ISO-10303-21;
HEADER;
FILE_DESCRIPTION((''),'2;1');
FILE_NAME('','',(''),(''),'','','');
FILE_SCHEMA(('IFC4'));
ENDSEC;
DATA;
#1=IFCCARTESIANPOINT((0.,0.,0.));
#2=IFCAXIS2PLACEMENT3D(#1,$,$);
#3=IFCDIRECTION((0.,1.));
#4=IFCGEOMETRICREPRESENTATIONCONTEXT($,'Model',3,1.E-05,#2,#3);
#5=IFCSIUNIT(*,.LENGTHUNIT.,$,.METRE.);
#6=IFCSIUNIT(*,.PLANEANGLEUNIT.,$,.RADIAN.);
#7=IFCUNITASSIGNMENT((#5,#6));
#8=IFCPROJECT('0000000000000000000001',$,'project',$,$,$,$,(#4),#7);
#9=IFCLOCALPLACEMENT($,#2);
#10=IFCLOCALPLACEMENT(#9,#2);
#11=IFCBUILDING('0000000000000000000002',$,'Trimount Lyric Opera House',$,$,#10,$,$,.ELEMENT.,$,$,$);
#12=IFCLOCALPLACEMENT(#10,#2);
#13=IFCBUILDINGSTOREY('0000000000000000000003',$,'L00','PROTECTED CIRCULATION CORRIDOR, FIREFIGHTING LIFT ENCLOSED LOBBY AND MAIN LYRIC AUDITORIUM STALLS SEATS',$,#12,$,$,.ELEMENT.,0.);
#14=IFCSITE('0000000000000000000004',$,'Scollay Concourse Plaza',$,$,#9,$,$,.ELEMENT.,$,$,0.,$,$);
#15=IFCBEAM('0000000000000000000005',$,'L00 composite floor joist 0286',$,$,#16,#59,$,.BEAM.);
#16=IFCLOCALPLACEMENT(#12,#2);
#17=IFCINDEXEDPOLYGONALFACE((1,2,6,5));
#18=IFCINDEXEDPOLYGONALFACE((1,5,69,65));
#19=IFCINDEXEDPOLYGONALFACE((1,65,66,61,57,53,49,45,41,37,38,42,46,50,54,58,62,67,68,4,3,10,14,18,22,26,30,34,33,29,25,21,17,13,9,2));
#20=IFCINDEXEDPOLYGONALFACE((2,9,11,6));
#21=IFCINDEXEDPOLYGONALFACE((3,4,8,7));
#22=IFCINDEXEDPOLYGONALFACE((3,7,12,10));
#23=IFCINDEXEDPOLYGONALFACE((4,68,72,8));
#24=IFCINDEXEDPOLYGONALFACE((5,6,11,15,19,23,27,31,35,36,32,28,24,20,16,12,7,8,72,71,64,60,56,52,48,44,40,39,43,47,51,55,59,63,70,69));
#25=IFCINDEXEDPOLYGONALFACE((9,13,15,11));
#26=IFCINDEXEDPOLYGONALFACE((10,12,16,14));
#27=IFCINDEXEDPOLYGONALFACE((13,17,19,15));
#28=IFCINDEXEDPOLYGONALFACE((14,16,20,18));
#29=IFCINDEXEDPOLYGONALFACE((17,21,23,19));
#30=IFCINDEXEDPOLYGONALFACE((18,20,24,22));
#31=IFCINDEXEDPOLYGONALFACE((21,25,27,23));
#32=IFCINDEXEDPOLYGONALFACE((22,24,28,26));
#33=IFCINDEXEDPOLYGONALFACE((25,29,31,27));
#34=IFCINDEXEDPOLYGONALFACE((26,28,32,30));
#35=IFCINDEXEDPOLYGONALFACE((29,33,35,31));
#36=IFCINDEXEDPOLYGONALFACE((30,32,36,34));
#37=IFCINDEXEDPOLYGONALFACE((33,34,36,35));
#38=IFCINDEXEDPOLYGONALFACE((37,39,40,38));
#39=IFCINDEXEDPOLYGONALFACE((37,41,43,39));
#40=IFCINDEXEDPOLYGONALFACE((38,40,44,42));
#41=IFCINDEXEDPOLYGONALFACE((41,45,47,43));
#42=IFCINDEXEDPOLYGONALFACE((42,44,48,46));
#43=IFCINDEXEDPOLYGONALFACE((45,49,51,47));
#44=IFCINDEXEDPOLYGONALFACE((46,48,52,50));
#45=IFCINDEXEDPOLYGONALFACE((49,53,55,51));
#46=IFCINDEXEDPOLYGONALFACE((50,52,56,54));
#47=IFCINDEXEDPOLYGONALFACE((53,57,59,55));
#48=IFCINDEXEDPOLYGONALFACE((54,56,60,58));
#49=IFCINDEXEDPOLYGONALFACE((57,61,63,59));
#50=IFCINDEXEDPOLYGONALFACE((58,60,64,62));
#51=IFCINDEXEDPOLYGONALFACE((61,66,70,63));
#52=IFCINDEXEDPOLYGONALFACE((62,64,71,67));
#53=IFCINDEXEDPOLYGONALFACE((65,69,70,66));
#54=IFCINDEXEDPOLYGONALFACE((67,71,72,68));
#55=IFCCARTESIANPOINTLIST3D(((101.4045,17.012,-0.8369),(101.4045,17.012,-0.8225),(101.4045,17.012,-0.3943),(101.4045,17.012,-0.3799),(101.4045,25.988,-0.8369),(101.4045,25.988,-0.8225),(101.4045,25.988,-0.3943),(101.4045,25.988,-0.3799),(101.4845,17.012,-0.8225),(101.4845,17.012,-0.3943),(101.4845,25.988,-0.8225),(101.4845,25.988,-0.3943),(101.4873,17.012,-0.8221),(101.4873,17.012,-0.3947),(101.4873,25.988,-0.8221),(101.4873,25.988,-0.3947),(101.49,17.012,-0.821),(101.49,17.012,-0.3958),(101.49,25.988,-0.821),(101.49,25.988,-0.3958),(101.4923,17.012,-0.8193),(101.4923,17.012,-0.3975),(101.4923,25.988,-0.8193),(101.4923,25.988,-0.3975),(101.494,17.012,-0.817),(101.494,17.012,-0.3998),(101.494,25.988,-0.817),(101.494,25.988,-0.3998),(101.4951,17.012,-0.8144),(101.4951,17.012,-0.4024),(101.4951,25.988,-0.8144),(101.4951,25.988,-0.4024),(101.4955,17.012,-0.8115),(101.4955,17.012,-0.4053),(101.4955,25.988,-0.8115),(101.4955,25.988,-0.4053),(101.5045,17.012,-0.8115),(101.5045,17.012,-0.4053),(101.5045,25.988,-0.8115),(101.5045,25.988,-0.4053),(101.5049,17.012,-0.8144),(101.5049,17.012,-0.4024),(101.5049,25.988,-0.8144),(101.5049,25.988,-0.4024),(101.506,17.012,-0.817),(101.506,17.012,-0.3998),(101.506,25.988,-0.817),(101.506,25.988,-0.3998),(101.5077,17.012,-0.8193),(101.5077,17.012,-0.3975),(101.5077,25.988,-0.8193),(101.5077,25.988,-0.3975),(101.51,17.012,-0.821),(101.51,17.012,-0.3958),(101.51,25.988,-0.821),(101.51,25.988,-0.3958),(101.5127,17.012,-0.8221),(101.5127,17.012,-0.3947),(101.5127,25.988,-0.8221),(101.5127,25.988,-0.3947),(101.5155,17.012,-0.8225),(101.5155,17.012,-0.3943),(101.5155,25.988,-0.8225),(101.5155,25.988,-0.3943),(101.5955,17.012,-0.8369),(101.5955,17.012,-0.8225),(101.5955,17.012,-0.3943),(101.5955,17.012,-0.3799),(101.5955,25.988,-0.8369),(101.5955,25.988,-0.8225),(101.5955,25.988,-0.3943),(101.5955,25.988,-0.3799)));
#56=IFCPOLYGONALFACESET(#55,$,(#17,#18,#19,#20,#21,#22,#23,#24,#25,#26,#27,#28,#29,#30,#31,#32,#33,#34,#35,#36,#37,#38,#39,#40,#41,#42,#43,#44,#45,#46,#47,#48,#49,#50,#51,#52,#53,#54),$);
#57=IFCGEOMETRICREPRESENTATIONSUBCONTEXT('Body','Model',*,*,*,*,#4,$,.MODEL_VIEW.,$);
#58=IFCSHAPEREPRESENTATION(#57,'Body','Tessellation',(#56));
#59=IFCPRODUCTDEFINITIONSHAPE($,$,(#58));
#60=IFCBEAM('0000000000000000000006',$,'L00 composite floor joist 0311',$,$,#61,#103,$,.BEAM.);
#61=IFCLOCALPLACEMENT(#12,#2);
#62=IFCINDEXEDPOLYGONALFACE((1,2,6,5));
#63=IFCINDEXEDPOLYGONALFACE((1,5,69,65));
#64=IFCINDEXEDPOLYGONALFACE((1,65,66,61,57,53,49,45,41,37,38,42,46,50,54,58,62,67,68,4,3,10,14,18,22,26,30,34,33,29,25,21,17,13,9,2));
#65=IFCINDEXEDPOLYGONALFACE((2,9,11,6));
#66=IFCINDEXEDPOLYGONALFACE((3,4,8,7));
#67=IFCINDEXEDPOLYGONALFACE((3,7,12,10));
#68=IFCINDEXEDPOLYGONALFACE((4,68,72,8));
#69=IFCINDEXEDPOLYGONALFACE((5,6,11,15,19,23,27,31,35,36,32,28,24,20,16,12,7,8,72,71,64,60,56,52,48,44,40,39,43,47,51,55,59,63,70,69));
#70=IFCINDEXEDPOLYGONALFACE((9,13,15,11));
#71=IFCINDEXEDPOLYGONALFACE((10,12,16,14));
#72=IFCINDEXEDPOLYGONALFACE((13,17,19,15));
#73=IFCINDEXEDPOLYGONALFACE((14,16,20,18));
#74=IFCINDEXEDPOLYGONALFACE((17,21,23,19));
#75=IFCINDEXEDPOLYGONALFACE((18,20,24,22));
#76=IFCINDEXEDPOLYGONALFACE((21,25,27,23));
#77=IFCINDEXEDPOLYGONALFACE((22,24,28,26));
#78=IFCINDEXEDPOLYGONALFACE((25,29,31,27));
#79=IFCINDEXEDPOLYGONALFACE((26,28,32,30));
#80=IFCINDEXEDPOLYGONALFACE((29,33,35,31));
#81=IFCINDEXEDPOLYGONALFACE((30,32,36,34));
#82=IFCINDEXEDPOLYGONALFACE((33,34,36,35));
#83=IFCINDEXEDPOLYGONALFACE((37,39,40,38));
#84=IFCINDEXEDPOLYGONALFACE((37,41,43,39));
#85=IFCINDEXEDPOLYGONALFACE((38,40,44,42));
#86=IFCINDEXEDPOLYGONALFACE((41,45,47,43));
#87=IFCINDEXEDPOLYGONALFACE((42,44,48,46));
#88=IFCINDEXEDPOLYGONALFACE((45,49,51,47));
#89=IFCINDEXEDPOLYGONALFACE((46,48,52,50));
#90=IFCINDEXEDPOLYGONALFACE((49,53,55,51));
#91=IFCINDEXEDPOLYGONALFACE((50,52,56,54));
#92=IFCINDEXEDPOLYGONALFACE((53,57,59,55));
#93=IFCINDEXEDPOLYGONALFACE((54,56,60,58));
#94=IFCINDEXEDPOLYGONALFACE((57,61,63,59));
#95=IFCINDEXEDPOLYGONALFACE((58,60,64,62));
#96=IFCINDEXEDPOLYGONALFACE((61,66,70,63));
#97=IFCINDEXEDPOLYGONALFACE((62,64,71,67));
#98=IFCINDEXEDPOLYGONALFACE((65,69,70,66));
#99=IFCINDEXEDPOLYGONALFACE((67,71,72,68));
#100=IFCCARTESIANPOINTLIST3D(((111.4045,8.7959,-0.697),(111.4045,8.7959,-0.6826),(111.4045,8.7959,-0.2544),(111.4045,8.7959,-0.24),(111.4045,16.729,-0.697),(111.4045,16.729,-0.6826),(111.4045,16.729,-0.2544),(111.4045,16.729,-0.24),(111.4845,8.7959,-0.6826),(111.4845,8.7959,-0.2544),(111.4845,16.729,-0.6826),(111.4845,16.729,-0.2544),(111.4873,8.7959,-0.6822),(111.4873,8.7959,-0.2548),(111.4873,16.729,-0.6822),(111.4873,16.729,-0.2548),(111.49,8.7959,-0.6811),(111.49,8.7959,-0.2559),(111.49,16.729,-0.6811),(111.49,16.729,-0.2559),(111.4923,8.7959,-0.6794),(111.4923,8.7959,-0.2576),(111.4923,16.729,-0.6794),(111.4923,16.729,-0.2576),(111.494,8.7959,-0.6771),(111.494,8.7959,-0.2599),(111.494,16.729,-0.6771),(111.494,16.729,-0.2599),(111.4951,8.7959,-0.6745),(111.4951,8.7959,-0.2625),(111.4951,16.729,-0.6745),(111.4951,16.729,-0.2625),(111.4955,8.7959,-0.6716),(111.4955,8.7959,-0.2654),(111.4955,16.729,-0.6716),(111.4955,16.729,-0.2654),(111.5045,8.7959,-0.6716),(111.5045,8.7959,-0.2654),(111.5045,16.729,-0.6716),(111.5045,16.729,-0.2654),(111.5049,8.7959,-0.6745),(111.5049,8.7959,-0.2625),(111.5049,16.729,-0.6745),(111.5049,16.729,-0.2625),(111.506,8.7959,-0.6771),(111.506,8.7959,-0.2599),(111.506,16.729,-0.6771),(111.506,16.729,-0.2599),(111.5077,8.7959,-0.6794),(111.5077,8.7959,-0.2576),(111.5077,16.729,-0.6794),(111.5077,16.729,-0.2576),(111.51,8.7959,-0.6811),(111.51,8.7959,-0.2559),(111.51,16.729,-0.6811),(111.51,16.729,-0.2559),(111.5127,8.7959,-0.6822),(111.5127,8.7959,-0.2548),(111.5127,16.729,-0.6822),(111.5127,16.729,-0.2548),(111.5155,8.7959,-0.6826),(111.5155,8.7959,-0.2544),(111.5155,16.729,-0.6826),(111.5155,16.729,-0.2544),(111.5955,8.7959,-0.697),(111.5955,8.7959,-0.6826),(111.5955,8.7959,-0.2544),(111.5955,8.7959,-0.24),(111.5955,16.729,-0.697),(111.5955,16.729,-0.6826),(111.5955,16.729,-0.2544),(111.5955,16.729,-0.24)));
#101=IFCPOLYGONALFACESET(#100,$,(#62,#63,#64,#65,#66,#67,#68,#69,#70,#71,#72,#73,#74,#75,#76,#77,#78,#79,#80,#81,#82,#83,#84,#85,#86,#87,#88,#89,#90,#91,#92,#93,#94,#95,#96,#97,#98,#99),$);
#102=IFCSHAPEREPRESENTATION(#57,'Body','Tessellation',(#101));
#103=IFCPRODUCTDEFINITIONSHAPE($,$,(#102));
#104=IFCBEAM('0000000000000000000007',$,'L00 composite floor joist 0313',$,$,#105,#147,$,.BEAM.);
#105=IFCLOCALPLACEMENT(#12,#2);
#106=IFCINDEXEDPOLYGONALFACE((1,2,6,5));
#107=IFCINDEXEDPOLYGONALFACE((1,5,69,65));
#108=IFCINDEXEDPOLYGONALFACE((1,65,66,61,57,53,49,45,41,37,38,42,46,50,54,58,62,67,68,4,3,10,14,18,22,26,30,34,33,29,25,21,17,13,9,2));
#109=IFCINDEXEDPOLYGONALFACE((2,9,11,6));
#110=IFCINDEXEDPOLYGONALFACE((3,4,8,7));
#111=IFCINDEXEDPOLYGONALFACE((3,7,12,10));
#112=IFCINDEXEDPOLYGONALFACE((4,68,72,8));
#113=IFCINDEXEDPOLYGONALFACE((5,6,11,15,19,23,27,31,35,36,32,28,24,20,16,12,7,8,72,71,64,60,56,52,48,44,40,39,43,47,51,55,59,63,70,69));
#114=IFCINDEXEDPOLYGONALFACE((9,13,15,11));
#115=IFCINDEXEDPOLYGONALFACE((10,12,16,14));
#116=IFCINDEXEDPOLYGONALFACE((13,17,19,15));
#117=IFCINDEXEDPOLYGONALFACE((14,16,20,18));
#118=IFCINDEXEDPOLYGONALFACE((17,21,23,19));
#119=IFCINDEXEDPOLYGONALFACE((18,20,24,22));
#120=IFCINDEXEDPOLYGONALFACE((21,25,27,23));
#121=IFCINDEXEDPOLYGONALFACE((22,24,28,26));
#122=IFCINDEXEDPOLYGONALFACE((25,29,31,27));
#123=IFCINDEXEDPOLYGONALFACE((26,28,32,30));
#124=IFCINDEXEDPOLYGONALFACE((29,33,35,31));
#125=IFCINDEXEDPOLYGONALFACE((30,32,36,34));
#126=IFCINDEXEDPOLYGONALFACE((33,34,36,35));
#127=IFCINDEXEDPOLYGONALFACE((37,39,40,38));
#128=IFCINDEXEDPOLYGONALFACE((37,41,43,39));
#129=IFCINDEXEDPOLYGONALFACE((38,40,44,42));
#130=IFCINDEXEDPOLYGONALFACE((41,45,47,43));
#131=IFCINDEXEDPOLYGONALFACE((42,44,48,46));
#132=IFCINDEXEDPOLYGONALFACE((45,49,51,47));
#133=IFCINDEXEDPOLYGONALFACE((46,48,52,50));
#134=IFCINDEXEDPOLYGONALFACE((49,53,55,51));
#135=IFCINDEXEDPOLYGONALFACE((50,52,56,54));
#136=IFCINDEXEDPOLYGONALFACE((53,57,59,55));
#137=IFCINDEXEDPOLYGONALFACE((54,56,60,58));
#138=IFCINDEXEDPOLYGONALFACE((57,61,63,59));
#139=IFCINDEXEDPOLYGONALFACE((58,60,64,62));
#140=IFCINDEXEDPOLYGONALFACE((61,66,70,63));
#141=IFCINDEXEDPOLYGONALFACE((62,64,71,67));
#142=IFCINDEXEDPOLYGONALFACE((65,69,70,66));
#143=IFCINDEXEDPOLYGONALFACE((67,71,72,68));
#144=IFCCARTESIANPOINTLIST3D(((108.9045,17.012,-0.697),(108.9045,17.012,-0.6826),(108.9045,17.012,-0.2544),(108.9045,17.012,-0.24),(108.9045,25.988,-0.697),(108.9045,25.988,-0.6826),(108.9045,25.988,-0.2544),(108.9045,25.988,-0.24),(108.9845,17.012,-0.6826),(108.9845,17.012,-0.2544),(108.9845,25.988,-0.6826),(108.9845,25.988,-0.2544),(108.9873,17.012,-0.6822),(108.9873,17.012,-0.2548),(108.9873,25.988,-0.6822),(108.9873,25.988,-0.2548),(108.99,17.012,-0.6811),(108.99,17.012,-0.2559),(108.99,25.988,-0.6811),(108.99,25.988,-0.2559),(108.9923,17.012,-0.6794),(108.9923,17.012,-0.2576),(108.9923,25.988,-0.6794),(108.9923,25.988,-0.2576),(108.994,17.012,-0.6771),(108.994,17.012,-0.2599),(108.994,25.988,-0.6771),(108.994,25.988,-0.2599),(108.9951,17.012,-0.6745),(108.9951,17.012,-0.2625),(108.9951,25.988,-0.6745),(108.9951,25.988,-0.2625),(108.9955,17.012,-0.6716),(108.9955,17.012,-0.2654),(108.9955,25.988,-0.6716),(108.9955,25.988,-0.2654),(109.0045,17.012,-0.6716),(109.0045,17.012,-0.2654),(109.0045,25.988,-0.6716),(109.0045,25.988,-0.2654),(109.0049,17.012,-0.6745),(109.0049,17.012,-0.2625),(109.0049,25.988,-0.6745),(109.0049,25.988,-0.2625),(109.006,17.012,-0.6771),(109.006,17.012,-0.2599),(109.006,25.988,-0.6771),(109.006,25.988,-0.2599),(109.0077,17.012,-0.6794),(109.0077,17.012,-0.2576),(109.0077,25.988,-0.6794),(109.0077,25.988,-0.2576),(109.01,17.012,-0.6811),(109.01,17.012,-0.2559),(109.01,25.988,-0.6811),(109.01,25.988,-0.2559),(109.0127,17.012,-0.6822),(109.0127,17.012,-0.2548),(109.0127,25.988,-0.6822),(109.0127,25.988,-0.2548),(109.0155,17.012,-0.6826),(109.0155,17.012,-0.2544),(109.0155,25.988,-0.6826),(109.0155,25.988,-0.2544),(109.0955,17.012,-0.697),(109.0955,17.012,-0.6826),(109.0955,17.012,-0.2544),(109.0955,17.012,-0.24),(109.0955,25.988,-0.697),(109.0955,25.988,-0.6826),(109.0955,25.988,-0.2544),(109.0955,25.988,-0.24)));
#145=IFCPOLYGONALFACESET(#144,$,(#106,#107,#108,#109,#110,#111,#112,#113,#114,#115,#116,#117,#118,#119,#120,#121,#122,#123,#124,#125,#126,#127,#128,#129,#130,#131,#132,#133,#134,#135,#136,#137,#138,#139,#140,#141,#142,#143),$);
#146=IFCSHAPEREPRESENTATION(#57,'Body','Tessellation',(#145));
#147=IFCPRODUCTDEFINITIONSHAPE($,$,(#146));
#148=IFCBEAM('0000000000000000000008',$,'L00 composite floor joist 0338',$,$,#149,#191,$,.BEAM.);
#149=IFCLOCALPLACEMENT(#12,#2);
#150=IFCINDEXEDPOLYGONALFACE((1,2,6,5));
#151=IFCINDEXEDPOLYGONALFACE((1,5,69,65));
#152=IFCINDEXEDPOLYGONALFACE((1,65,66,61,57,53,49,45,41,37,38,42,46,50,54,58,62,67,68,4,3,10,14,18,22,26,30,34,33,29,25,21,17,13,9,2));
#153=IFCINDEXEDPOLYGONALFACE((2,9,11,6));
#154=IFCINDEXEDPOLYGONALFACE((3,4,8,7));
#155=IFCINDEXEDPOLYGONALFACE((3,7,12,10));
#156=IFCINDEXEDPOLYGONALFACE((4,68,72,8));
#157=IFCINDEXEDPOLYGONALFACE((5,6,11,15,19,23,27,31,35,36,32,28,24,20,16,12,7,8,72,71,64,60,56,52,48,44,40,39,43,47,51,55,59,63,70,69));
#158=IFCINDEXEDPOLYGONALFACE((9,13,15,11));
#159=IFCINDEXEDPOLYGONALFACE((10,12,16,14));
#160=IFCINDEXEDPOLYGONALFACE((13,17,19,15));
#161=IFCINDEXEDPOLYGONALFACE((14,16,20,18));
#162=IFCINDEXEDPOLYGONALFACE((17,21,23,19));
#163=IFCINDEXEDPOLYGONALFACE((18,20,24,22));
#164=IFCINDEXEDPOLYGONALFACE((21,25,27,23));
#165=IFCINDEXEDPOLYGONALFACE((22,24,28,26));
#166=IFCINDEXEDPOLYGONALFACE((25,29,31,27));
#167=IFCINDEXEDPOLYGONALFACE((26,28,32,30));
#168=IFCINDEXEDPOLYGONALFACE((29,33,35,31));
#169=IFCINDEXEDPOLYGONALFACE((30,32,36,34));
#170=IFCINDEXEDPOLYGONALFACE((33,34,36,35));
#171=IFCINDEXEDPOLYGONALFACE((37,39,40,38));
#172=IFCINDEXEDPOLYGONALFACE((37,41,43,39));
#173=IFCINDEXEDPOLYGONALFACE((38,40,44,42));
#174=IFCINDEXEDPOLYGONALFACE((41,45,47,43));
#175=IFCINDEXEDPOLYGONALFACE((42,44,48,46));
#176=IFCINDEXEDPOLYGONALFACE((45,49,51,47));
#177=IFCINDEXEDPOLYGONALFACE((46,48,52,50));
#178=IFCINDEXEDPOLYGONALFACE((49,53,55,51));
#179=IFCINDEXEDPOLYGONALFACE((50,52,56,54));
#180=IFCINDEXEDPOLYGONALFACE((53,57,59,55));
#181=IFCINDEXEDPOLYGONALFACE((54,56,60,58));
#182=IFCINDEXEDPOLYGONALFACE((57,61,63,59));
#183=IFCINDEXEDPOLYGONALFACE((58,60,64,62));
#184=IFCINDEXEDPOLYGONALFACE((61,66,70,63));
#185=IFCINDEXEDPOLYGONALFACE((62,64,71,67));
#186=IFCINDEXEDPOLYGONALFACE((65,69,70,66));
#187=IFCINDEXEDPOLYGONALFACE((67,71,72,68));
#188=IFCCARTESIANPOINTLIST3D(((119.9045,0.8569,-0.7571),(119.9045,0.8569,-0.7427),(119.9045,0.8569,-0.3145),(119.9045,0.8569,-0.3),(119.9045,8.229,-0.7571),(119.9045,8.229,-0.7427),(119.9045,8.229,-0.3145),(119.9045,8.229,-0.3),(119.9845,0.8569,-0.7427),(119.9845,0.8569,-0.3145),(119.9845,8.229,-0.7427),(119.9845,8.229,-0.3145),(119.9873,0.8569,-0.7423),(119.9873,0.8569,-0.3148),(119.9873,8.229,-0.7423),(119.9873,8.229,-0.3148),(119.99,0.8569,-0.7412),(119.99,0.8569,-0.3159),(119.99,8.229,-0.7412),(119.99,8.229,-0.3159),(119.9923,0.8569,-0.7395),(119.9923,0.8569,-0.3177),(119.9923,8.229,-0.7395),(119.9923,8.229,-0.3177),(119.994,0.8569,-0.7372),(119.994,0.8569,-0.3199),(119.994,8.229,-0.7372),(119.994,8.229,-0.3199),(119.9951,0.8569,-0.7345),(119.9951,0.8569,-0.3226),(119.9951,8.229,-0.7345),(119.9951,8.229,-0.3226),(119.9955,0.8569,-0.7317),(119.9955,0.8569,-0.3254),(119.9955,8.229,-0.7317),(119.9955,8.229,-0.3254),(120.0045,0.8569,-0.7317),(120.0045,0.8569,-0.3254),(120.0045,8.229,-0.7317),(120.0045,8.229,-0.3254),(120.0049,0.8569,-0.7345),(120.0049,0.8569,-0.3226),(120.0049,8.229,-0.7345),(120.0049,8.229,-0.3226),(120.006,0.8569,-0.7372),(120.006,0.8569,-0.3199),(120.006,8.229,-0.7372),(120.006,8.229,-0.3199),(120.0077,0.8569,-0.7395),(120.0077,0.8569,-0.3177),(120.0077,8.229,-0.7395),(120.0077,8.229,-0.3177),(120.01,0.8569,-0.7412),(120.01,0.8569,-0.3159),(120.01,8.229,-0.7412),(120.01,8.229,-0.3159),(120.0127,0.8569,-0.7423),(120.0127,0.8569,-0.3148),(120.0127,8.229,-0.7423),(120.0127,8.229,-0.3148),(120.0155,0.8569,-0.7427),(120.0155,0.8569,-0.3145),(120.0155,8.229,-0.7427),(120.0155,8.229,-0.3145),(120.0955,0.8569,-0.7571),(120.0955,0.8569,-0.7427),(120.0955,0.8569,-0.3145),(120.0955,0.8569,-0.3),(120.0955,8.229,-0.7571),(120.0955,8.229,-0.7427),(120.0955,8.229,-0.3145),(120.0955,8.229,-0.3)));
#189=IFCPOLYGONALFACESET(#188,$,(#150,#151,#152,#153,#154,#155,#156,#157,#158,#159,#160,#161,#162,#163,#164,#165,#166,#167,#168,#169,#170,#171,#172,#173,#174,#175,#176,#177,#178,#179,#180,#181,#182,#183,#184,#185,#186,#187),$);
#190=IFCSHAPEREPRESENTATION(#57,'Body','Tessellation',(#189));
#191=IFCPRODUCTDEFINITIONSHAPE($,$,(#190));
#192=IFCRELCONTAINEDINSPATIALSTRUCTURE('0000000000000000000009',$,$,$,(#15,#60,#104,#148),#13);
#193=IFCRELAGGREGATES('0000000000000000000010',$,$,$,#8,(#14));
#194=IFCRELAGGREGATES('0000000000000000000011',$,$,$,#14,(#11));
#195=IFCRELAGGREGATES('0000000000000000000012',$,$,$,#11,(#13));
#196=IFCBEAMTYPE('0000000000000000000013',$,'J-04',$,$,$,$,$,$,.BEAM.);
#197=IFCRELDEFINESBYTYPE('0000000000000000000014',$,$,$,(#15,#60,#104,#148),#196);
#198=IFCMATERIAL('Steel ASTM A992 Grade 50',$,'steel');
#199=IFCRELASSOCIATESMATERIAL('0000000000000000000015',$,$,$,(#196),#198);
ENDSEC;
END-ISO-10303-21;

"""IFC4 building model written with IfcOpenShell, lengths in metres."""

from ifc_helpers import new_model, si_unit, direction, frame, origin, origin_2d, place, context, subcontext, project, spatial, i_section, extrude, material, material_profile, profile_set, type_object, element, save


model = new_model("IFC4")

# Units and contexts
model_context = context("Model", 3, precision=1e-05, world=origin(), true_north=direction((0.0, 1.0)))
body_context = subcontext(model_context, "Body", "Model", "MODEL_VIEW")
ifc_project = project(units=[si_unit("LENGTHUNIT", "METRE"), si_unit("PLANEANGLEUNIT", "RADIAN")], contexts=[model_context])

# Site, building, storey
site_placement = place(None, origin())
site = spatial("IfcSite", under=ifc_project, at=site_placement, Name="Scollay Concourse Plaza", CompositionType="ELEMENT", RefElevation=0.0)
building_placement = place(site_placement, origin())
building = spatial("IfcBuilding", under=site, at=building_placement, Name="Trimount Lyric Opera House", CompositionType="ELEMENT")
storey_placement = place(building_placement, origin())
storey = spatial("IfcBuildingStorey", under=building, at=storey_placement, Name="L00", Description="PROTECTED CIRCULATION CORRIDOR, FIREFIGHTING LIFT ENCLOSED LOBBY AND MAIN LYRIC AUDITORIUM STALLS SEATS", CompositionType="ELEMENT", Elevation=0.0)

# Beams
ifc_material_1 = material(Name="Steel ASTM A992 Grade 50", Category="steel")
ifc_material_profile_1 = material_profile(ifc_material_1, i_section(OverallWidth=0.1909, OverallDepth=0.457, WebThickness=0.009, FlangeThickness=0.0144, FilletRadius=0.011, at=origin_2d()), Name="W18X50")
ifc_profile_set_1 = profile_set([ifc_material_profile_1], Name="Steel ASTM A992 Grade 50")
beam_type_1 = type_object("IfcBeamType", Name="J-04", PredefinedType="BEAM", material=ifc_profile_set_1)
beam_1_placement = place(storey_placement, frame((101.5, 17.012, -0.6084), z_axis=(0.0, 1.0, 0.0), x_axis=(-1.0, 0.0, 0.0)))
element("IfcBeam", 1, at=beam_1_placement, inside=storey, type_object=beam_type_1, Name="L00 composite floor joist 0286", PredefinedType="BEAM", context=body_context, shape_type="SweptSolid", body=[
    extrude(i_section(OverallWidth=0.1909, OverallDepth=0.457, WebThickness=0.009, FlangeThickness=0.0144, FilletRadius=0.011, at=origin_2d()), origin(), (0.0, 0.0, 1.0), 8.9761),
])
beam_2_placement = place(storey_placement, frame((111.5, 8.7959, -0.4685), z_axis=(0.0, 1.0, 0.0), x_axis=(-1.0, 0.0, 0.0)))
element("IfcBeam", 2, at=beam_2_placement, inside=storey, type_object=beam_type_1, Name="L00 composite floor joist 0311", PredefinedType="BEAM", context=body_context, shape_type="SweptSolid", body=[
    extrude(i_section(OverallWidth=0.1909, OverallDepth=0.457, WebThickness=0.009, FlangeThickness=0.0144, FilletRadius=0.011, at=origin_2d()), origin(), (0.0, 0.0, 1.0), 7.9331),
])
beam_3_placement = place(storey_placement, frame((109.0, 17.012, -0.4685), z_axis=(0.0, 1.0, 0.0), x_axis=(-1.0, 0.0, 0.0)))
element("IfcBeam", 3, at=beam_3_placement, inside=storey, type_object=beam_type_1, Name="L00 composite floor joist 0313", PredefinedType="BEAM", context=body_context, shape_type="SweptSolid", body=[
    extrude(i_section(OverallWidth=0.1909, OverallDepth=0.457, WebThickness=0.009, FlangeThickness=0.0144, FilletRadius=0.011, at=origin_2d()), origin(), (0.0, 0.0, 1.0), 8.9761),
])
beam_4_placement = place(storey_placement, frame((120.0, 0.8569, -0.5286), z_axis=(0.0, 1.0, 0.0), x_axis=(-1.0, 0.0, 0.0)))
element("IfcBeam", 4, at=beam_4_placement, inside=storey, type_object=beam_type_1, Name="L00 composite floor joist 0338", PredefinedType="BEAM", context=body_context, shape_type="SweptSolid", body=[
    extrude(i_section(OverallWidth=0.1909, OverallDepth=0.457, WebThickness=0.009, FlangeThickness=0.0144, FilletRadius=0.011, at=origin_2d()), origin(), (0.0, 0.0, 1.0), 7.3721),
])

save(model, "model.ifc")
